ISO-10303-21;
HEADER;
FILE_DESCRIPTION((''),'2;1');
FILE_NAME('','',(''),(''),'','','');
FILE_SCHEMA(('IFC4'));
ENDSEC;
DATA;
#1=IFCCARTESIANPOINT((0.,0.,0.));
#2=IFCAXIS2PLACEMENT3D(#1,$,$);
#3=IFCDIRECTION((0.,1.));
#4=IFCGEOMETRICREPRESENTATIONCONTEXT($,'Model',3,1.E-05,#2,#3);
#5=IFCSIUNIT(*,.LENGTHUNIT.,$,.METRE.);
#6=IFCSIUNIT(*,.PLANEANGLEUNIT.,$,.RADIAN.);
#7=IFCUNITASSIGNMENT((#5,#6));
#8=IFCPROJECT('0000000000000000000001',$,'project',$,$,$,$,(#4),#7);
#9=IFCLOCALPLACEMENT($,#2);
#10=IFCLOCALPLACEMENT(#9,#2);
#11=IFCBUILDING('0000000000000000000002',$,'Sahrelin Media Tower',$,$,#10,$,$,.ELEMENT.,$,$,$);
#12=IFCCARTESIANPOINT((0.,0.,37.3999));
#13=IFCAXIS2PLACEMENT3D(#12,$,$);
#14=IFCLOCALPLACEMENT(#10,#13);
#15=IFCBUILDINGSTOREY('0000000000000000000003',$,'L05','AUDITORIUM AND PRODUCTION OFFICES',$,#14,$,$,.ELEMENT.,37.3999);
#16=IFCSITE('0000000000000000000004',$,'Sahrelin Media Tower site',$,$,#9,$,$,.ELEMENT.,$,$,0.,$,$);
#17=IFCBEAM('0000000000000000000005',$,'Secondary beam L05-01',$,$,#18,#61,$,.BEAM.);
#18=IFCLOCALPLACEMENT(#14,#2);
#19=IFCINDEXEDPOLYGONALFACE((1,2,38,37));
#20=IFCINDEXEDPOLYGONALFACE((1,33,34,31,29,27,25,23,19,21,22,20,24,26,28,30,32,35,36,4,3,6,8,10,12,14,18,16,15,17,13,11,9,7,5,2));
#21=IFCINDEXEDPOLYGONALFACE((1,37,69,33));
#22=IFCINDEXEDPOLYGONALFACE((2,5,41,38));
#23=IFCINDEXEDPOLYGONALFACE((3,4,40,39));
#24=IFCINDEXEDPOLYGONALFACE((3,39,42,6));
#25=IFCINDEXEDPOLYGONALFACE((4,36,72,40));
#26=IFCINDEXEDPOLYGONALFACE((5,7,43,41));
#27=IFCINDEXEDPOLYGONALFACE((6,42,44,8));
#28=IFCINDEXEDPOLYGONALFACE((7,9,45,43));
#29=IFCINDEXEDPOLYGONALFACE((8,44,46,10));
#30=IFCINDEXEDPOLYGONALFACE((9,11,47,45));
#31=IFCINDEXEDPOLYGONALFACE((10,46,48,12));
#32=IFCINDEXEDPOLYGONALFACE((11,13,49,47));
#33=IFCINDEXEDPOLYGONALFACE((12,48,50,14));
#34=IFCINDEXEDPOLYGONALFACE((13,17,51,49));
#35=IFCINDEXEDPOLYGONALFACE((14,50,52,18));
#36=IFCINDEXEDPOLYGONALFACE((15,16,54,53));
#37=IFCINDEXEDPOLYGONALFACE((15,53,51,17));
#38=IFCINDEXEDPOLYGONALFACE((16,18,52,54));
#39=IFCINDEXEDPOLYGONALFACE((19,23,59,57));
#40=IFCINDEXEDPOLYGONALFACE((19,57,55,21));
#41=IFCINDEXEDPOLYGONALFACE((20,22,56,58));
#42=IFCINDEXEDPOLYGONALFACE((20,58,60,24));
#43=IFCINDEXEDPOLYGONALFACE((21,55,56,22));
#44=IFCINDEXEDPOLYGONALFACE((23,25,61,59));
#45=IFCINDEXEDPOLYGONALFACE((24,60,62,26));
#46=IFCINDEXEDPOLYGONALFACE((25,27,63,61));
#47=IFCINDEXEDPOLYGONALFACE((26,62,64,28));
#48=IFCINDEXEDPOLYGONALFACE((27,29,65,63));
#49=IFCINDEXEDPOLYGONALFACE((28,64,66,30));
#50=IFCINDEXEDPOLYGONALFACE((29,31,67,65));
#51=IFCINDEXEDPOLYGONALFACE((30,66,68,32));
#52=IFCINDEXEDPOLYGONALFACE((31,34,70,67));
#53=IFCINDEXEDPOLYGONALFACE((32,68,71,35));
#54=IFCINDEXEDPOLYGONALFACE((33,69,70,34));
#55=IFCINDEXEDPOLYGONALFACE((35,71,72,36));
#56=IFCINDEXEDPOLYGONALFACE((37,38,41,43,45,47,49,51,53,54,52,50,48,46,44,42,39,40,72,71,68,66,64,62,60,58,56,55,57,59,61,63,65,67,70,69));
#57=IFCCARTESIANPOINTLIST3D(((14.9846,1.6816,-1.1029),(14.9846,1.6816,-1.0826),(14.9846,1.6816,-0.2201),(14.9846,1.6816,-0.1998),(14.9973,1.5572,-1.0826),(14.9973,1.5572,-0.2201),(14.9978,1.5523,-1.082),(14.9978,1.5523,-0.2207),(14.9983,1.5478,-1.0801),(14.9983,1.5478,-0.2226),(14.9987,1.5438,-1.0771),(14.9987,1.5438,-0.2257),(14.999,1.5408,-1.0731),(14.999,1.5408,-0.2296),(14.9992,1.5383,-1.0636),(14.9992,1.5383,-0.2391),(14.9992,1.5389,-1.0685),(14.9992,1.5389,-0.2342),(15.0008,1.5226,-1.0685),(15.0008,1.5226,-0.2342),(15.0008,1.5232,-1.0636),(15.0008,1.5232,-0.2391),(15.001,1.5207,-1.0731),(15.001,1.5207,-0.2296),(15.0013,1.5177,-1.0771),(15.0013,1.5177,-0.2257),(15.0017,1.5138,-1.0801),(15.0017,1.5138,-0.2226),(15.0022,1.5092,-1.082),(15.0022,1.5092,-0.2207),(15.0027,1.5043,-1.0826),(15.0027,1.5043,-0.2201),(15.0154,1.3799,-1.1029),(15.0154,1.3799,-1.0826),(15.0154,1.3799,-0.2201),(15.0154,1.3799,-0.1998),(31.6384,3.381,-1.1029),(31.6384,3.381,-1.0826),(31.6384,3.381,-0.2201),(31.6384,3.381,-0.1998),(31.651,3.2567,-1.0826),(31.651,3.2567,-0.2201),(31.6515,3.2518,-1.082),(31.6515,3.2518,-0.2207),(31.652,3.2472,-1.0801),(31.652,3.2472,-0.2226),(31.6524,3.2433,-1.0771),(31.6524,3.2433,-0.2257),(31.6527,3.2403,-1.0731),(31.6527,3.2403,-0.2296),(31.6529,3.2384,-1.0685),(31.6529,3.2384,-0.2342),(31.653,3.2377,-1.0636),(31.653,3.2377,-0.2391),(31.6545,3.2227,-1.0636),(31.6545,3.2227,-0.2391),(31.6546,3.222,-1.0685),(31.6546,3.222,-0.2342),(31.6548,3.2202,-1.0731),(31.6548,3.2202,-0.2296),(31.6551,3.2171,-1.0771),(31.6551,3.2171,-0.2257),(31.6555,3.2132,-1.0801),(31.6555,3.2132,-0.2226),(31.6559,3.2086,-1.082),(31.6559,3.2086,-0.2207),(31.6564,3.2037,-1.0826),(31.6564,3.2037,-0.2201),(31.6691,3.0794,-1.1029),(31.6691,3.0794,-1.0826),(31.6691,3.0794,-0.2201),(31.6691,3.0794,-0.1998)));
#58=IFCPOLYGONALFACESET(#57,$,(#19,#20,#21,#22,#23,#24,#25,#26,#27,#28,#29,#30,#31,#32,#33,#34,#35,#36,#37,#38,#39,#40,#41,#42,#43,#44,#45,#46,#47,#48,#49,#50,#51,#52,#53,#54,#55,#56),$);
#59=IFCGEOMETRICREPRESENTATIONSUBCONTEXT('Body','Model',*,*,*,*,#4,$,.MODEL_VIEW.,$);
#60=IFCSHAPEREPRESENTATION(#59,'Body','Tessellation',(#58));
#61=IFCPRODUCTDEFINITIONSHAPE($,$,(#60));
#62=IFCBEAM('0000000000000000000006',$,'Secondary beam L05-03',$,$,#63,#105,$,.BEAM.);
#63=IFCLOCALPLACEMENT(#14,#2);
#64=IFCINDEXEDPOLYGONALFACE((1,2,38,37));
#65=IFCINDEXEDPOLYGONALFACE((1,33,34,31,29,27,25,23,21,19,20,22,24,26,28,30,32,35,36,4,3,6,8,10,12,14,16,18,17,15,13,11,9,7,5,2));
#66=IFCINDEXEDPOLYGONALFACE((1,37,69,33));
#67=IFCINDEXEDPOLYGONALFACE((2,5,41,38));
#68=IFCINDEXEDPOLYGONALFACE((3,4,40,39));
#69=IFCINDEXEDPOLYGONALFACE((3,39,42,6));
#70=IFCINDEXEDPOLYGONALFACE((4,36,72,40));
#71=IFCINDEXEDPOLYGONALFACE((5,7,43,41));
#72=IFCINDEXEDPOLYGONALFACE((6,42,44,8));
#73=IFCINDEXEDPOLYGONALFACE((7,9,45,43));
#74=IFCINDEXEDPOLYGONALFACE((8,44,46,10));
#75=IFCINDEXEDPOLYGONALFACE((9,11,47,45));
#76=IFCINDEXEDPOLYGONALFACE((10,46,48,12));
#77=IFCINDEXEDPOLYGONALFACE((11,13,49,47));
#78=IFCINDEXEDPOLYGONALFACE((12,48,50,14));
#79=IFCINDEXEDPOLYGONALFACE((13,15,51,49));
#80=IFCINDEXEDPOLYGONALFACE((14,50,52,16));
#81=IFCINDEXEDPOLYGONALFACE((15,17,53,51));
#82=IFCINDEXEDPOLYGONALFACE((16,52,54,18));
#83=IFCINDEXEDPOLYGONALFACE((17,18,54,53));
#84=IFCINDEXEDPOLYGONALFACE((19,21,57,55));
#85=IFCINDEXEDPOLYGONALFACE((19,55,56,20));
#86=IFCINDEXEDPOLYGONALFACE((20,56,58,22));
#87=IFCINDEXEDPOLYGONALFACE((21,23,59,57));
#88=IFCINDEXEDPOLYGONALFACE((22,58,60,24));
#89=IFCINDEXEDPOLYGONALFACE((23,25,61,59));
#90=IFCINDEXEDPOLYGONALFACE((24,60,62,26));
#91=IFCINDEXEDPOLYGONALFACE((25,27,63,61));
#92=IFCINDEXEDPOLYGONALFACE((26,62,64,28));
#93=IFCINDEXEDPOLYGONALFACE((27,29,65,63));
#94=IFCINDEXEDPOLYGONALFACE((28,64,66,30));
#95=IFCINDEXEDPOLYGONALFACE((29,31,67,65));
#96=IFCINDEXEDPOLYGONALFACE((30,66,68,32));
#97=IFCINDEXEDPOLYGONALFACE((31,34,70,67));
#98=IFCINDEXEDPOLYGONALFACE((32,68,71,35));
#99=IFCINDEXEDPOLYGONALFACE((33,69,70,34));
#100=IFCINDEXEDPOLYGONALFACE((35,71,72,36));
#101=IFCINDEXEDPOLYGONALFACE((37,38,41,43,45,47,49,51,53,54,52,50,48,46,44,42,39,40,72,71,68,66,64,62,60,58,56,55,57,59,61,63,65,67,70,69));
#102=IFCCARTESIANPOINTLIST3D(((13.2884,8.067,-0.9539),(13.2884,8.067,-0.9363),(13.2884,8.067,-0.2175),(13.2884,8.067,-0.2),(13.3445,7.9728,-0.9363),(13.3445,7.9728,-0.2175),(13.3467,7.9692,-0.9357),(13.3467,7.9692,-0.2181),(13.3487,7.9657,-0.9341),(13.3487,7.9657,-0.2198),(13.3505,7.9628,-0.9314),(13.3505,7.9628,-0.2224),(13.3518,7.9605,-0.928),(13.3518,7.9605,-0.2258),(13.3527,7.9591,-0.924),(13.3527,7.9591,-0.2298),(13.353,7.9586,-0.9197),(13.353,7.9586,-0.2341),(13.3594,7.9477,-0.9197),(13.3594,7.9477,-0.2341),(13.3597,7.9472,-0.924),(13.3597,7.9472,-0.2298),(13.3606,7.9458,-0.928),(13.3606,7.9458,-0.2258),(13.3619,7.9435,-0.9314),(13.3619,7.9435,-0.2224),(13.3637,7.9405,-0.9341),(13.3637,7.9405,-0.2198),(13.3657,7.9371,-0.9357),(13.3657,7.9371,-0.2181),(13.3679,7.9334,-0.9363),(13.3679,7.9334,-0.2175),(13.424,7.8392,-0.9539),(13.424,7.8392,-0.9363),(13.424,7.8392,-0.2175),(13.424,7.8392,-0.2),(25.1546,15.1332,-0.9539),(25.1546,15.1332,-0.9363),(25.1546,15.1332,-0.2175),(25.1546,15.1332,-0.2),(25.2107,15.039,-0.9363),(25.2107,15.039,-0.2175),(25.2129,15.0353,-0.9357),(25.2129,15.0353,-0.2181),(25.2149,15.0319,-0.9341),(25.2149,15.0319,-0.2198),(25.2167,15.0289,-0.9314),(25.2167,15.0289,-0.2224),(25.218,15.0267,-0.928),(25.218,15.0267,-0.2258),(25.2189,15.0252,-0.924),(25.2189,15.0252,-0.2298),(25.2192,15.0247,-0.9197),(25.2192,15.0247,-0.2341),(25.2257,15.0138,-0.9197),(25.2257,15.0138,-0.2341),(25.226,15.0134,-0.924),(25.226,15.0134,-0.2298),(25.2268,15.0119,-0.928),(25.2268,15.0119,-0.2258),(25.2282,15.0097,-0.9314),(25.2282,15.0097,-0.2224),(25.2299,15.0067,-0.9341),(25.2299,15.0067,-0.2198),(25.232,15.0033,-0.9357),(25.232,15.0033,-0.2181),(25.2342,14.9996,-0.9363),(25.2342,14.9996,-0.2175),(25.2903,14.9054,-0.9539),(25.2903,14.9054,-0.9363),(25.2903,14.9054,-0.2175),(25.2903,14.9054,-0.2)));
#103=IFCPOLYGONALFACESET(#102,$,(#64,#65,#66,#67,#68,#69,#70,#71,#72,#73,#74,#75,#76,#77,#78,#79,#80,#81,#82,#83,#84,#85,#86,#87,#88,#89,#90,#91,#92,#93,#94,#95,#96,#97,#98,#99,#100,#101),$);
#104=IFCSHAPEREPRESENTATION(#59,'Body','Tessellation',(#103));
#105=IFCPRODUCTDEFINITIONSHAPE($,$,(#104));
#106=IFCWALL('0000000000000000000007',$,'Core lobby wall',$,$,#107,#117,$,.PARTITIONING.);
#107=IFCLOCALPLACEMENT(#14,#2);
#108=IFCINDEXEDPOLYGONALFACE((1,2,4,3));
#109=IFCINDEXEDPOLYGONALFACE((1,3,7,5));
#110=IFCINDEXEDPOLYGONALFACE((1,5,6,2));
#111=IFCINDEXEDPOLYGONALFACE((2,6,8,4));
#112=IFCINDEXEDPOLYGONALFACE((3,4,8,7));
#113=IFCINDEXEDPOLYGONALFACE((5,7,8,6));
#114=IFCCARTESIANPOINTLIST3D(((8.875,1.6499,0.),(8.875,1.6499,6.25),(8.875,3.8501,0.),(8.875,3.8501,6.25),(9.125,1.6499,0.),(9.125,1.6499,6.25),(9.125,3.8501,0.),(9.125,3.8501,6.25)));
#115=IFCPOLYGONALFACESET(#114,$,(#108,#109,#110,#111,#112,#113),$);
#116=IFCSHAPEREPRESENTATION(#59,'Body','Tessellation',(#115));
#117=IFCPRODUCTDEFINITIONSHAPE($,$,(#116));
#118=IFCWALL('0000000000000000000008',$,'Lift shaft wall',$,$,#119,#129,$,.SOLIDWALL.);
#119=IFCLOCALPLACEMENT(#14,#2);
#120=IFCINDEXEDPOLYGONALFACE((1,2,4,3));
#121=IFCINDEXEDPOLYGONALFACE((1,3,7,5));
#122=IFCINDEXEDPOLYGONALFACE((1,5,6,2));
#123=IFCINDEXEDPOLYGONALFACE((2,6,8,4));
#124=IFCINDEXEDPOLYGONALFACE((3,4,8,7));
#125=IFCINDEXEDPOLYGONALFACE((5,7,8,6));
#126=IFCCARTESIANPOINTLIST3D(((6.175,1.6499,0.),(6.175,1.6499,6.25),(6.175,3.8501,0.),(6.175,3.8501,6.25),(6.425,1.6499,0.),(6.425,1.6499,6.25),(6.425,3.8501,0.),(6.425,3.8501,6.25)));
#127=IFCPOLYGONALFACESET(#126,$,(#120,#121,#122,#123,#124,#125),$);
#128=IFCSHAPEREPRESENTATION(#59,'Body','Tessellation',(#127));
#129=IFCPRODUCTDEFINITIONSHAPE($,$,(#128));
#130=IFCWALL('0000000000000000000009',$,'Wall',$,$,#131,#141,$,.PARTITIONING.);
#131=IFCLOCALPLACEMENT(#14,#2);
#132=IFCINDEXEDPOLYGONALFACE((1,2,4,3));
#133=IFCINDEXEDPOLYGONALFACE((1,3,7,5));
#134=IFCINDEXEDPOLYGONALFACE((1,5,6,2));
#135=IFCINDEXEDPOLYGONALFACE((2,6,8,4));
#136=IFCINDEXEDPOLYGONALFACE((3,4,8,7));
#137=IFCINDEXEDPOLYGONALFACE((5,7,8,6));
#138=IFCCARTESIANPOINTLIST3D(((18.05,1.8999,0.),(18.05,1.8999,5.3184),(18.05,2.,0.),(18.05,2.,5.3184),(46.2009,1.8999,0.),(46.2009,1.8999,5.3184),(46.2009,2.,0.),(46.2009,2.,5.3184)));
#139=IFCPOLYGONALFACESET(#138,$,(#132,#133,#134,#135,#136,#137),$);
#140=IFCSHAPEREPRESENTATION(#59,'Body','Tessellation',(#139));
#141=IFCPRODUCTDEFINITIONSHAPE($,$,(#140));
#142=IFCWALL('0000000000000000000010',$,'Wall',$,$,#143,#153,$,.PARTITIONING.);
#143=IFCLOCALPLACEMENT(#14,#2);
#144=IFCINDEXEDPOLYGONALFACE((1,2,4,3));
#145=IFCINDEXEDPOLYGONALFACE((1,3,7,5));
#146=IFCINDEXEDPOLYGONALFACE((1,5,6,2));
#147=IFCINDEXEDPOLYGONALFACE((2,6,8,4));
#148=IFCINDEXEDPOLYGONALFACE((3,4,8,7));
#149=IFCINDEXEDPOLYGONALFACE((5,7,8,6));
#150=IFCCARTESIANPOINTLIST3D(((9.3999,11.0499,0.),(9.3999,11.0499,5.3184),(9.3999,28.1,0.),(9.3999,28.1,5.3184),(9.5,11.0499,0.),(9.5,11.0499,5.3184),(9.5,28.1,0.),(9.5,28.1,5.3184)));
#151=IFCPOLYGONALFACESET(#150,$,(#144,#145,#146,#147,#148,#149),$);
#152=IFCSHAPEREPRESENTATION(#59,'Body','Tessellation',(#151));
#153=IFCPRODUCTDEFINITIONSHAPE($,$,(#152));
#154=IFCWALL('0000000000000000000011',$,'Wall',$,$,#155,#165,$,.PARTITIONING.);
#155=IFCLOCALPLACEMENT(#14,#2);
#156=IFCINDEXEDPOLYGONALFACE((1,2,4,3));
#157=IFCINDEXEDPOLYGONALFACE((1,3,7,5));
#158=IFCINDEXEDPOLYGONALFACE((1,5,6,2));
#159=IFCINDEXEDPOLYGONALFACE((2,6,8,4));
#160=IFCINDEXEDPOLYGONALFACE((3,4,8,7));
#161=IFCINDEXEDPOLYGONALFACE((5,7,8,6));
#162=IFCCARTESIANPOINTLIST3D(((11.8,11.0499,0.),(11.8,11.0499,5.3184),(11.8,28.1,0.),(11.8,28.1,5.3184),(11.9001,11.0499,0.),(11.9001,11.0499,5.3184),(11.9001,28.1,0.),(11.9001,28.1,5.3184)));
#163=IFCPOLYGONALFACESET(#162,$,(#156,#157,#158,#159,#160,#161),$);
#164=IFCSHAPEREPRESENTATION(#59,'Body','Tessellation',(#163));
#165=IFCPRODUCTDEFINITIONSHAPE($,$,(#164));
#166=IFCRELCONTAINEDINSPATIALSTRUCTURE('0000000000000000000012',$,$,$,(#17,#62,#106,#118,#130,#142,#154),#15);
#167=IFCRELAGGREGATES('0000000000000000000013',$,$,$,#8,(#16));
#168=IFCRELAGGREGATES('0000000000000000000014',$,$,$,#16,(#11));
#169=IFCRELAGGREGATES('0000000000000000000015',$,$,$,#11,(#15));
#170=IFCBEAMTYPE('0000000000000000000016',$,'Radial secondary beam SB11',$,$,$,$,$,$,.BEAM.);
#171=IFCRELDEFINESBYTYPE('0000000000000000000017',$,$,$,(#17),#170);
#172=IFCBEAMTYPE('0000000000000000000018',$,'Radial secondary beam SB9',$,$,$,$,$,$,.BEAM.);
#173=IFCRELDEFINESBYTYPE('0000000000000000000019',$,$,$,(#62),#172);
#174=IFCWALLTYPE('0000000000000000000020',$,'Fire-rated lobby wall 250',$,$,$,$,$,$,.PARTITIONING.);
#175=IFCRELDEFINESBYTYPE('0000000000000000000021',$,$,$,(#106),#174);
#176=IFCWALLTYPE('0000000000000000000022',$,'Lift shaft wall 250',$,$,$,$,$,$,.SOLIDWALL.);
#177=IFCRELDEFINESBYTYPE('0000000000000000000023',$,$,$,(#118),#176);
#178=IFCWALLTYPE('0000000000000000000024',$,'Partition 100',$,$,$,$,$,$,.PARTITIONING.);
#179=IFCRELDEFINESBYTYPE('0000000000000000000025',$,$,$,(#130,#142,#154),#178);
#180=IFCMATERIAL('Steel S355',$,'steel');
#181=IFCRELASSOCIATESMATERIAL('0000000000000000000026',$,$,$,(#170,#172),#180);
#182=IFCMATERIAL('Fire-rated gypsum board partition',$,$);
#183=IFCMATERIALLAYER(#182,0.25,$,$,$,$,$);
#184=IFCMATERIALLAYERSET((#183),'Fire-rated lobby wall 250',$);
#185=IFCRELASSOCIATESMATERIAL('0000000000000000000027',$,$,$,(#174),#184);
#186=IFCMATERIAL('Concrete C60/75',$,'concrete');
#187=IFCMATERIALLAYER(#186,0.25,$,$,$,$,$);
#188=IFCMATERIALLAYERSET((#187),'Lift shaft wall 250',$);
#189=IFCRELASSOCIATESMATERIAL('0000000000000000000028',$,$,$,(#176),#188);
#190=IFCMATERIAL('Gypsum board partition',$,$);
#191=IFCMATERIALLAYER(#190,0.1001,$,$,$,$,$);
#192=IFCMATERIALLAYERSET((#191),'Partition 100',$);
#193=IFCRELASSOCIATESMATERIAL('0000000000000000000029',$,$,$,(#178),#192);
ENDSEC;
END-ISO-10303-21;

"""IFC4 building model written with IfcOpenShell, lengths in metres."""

from ifc_helpers import new_model, si_unit, direction, frame, frame_2d, origin, origin_2d, place, context, subcontext, project, spatial, rectangle, i_section, extrude, material, layer, layer_set, material_profile, profile_set, type_object, element, save


model = new_model("IFC4")

# Units and contexts
model_context = context("Model", 3, precision=1e-05, world=origin(), true_north=direction((0.0, 1.0)))
body_context = subcontext(model_context, "Body", "Model", "MODEL_VIEW")
ifc_project = project(units=[si_unit("LENGTHUNIT", "METRE"), si_unit("PLANEANGLEUNIT", "RADIAN")], contexts=[model_context])

# Site, building, storey
site_placement = place(None, origin())
site = spatial("IfcSite", under=ifc_project, at=site_placement, Name="Sahrelin Media Tower site", CompositionType="ELEMENT", RefElevation=0.0)
building_placement = place(site_placement, origin())
building = spatial("IfcBuilding", under=site, at=building_placement, Name="Sahrelin Media Tower", CompositionType="ELEMENT")
storey_placement = place(building_placement, frame((0.0, 0.0, 37.3999)))
storey = spatial("IfcBuildingStorey", under=building, at=storey_placement, Name="L05", Description="AUDITORIUM AND PRODUCTION OFFICES", CompositionType="ELEMENT", Elevation=37.3999)

# Beams
ifc_material_1 = material(Name="Steel S355", Category="steel")
ifc_material_profile_1 = material_profile(ifc_material_1, i_section(OverallWidth=0.3032, OverallDepth=0.9031, WebThickness=0.0151, FlangeThickness=0.0203, FilletRadius=0.019, at=origin_2d()), Name="UB 914x305x201")
ifc_profile_set_1 = profile_set([ifc_material_profile_1], Name="Steel S355")
beam_type_1 = type_object("IfcBeamType", Name="Radial secondary beam SB11", PredefinedType="BEAM", material=ifc_profile_set_1)
beam_1_placement = place(storey_placement, frame((15.0, 1.5308, -0.6514), z_axis=(0.994834, 0.101519, 0.0), x_axis=(-0.101519, 0.994834, 0.0)))
element("IfcBeam", 1, at=beam_1_placement, inside=storey, type_object=beam_type_1, Name="Secondary beam L05-01", PredefinedType="BEAM", context=body_context, shape_type="SweptSolid", body=[
    extrude(i_section(OverallWidth=0.3032, OverallDepth=0.9031, WebThickness=0.0151, FlangeThickness=0.0203, FilletRadius=0.019, at=origin_2d()), origin(), (0.0, 0.0, 1.0), 16.7402),
])
ifc_material_profile_2 = material_profile(ifc_material_1, i_section(OverallWidth=0.2651, OverallDepth=0.7539, WebThickness=0.0127, FlangeThickness=0.0176, FilletRadius=0.0166, at=origin_2d()), Name="UB 762x267x147")
ifc_profile_set_2 = profile_set([ifc_material_profile_2], Name="Steel S355")
beam_type_2 = type_object("IfcBeamType", Name="Radial secondary beam SB9", PredefinedType="BEAM", material=ifc_profile_set_2)
beam_2_placement = place(storey_placement, frame((13.3562, 7.9531, -0.5769), z_axis=(0.859199, 0.511641, 0.0), x_axis=(-0.511641, 0.859199, 0.0)))
element("IfcBeam", 2, at=beam_2_placement, inside=storey, type_object=beam_type_2, Name="Secondary beam L05-03", PredefinedType="BEAM", context=body_context, shape_type="SweptSolid", body=[
    extrude(i_section(OverallWidth=0.2651, OverallDepth=0.7539, WebThickness=0.0127, FlangeThickness=0.0176, FilletRadius=0.0166, at=origin_2d()), origin(), (0.0, 0.0, 1.0), 13.8108),
])

# Walls
ifc_material_2 = material(Name="Fire-rated gypsum board partition")
ifc_layer_1 = layer(ifc_material_2, 0.25)
ifc_layer_set_1 = layer_set([ifc_layer_1], Name="Fire-rated lobby wall 250")
wall_type_1 = type_object("IfcWallType", Name="Fire-rated lobby wall 250", PredefinedType="PARTITIONING", material=ifc_layer_set_1)
wall_1_placement = place(storey_placement, frame((9.0, 1.6499, 0.0), z_axis=(0.0, 0.0, 1.0), x_axis=(0.0, 1.0, 0.0)))
element("IfcWall", 3, at=wall_1_placement, inside=storey, type_object=wall_type_1, Name="Core lobby wall", PredefinedType="PARTITIONING", context=body_context, shape_type="SweptSolid", body=[
    extrude(rectangle(XDim=2.2002, YDim=0.25, at=frame_2d((1.1001, 0.0))), origin(), (0.0, 0.0, 1.0), 6.25),
])
ifc_material_3 = material(Name="Concrete C60/75", Category="concrete")
ifc_layer_2 = layer(ifc_material_3, 0.25)
ifc_layer_set_2 = layer_set([ifc_layer_2], Name="Lift shaft wall 250")
wall_type_2 = type_object("IfcWallType", Name="Lift shaft wall 250", PredefinedType="SOLIDWALL", material=ifc_layer_set_2)
wall_2_placement = place(storey_placement, frame((6.3, 1.6499, 0.0), z_axis=(0.0, 0.0, 1.0), x_axis=(0.0, 1.0, 0.0)))
element("IfcWall", 4, at=wall_2_placement, inside=storey, type_object=wall_type_2, Name="Lift shaft wall", PredefinedType="SOLIDWALL", context=body_context, shape_type="SweptSolid", body=[
    extrude(rectangle(XDim=2.2002, YDim=0.25, at=frame_2d((1.1001, 0.0))), origin(), (0.0, 0.0, 1.0), 6.25),
])
ifc_material_4 = material(Name="Gypsum board partition")
ifc_layer_3 = layer(ifc_material_4, 0.1001)
ifc_layer_set_3 = layer_set([ifc_layer_3], Name="Partition 100")
wall_type_3 = type_object("IfcWallType", Name="Partition 100", PredefinedType="PARTITIONING", material=ifc_layer_set_3)
wall_3_placement = place(storey_placement, frame((18.05, 1.95, 0.0), z_axis=(0.0, 0.0, 1.0), x_axis=(1.0, 0.0, 0.0)))
element("IfcWall", 5, at=wall_3_placement, inside=storey, type_object=wall_type_3, Name="Wall", PredefinedType="PARTITIONING", context=body_context, shape_type="SweptSolid", body=[
    extrude(rectangle(XDim=28.1509, YDim=0.1001, at=frame_2d((14.0754, 0.0))), origin(), (0.0, 0.0, 1.0), 5.3184),
])
for number, where, z_axis, x_axis, name in (
    (6, (9.45, 11.05, 0.0), (0.0, 0.0, 1.0), (0.0, 1.0, 0.0), "Wall"),
    (7, (11.8501, 11.05, 0.0), (0.0, 0.0, 1.0), (0.0, 1.0, 0.0), "Wall"),
):
    element("IfcWall", number, at=place(storey_placement, frame(where, z_axis=z_axis, x_axis=x_axis)), inside=storey, type_object=wall_type_3, Name=name, PredefinedType="PARTITIONING", context=body_context, shape_type="SweptSolid", body=[
        extrude(rectangle(XDim=17.05, YDim=0.1001, at=frame_2d((8.5249, 0.0))), origin(), (0.0, 0.0, 1.0), 5.3184),
    ])

save(model, "model.ifc")
